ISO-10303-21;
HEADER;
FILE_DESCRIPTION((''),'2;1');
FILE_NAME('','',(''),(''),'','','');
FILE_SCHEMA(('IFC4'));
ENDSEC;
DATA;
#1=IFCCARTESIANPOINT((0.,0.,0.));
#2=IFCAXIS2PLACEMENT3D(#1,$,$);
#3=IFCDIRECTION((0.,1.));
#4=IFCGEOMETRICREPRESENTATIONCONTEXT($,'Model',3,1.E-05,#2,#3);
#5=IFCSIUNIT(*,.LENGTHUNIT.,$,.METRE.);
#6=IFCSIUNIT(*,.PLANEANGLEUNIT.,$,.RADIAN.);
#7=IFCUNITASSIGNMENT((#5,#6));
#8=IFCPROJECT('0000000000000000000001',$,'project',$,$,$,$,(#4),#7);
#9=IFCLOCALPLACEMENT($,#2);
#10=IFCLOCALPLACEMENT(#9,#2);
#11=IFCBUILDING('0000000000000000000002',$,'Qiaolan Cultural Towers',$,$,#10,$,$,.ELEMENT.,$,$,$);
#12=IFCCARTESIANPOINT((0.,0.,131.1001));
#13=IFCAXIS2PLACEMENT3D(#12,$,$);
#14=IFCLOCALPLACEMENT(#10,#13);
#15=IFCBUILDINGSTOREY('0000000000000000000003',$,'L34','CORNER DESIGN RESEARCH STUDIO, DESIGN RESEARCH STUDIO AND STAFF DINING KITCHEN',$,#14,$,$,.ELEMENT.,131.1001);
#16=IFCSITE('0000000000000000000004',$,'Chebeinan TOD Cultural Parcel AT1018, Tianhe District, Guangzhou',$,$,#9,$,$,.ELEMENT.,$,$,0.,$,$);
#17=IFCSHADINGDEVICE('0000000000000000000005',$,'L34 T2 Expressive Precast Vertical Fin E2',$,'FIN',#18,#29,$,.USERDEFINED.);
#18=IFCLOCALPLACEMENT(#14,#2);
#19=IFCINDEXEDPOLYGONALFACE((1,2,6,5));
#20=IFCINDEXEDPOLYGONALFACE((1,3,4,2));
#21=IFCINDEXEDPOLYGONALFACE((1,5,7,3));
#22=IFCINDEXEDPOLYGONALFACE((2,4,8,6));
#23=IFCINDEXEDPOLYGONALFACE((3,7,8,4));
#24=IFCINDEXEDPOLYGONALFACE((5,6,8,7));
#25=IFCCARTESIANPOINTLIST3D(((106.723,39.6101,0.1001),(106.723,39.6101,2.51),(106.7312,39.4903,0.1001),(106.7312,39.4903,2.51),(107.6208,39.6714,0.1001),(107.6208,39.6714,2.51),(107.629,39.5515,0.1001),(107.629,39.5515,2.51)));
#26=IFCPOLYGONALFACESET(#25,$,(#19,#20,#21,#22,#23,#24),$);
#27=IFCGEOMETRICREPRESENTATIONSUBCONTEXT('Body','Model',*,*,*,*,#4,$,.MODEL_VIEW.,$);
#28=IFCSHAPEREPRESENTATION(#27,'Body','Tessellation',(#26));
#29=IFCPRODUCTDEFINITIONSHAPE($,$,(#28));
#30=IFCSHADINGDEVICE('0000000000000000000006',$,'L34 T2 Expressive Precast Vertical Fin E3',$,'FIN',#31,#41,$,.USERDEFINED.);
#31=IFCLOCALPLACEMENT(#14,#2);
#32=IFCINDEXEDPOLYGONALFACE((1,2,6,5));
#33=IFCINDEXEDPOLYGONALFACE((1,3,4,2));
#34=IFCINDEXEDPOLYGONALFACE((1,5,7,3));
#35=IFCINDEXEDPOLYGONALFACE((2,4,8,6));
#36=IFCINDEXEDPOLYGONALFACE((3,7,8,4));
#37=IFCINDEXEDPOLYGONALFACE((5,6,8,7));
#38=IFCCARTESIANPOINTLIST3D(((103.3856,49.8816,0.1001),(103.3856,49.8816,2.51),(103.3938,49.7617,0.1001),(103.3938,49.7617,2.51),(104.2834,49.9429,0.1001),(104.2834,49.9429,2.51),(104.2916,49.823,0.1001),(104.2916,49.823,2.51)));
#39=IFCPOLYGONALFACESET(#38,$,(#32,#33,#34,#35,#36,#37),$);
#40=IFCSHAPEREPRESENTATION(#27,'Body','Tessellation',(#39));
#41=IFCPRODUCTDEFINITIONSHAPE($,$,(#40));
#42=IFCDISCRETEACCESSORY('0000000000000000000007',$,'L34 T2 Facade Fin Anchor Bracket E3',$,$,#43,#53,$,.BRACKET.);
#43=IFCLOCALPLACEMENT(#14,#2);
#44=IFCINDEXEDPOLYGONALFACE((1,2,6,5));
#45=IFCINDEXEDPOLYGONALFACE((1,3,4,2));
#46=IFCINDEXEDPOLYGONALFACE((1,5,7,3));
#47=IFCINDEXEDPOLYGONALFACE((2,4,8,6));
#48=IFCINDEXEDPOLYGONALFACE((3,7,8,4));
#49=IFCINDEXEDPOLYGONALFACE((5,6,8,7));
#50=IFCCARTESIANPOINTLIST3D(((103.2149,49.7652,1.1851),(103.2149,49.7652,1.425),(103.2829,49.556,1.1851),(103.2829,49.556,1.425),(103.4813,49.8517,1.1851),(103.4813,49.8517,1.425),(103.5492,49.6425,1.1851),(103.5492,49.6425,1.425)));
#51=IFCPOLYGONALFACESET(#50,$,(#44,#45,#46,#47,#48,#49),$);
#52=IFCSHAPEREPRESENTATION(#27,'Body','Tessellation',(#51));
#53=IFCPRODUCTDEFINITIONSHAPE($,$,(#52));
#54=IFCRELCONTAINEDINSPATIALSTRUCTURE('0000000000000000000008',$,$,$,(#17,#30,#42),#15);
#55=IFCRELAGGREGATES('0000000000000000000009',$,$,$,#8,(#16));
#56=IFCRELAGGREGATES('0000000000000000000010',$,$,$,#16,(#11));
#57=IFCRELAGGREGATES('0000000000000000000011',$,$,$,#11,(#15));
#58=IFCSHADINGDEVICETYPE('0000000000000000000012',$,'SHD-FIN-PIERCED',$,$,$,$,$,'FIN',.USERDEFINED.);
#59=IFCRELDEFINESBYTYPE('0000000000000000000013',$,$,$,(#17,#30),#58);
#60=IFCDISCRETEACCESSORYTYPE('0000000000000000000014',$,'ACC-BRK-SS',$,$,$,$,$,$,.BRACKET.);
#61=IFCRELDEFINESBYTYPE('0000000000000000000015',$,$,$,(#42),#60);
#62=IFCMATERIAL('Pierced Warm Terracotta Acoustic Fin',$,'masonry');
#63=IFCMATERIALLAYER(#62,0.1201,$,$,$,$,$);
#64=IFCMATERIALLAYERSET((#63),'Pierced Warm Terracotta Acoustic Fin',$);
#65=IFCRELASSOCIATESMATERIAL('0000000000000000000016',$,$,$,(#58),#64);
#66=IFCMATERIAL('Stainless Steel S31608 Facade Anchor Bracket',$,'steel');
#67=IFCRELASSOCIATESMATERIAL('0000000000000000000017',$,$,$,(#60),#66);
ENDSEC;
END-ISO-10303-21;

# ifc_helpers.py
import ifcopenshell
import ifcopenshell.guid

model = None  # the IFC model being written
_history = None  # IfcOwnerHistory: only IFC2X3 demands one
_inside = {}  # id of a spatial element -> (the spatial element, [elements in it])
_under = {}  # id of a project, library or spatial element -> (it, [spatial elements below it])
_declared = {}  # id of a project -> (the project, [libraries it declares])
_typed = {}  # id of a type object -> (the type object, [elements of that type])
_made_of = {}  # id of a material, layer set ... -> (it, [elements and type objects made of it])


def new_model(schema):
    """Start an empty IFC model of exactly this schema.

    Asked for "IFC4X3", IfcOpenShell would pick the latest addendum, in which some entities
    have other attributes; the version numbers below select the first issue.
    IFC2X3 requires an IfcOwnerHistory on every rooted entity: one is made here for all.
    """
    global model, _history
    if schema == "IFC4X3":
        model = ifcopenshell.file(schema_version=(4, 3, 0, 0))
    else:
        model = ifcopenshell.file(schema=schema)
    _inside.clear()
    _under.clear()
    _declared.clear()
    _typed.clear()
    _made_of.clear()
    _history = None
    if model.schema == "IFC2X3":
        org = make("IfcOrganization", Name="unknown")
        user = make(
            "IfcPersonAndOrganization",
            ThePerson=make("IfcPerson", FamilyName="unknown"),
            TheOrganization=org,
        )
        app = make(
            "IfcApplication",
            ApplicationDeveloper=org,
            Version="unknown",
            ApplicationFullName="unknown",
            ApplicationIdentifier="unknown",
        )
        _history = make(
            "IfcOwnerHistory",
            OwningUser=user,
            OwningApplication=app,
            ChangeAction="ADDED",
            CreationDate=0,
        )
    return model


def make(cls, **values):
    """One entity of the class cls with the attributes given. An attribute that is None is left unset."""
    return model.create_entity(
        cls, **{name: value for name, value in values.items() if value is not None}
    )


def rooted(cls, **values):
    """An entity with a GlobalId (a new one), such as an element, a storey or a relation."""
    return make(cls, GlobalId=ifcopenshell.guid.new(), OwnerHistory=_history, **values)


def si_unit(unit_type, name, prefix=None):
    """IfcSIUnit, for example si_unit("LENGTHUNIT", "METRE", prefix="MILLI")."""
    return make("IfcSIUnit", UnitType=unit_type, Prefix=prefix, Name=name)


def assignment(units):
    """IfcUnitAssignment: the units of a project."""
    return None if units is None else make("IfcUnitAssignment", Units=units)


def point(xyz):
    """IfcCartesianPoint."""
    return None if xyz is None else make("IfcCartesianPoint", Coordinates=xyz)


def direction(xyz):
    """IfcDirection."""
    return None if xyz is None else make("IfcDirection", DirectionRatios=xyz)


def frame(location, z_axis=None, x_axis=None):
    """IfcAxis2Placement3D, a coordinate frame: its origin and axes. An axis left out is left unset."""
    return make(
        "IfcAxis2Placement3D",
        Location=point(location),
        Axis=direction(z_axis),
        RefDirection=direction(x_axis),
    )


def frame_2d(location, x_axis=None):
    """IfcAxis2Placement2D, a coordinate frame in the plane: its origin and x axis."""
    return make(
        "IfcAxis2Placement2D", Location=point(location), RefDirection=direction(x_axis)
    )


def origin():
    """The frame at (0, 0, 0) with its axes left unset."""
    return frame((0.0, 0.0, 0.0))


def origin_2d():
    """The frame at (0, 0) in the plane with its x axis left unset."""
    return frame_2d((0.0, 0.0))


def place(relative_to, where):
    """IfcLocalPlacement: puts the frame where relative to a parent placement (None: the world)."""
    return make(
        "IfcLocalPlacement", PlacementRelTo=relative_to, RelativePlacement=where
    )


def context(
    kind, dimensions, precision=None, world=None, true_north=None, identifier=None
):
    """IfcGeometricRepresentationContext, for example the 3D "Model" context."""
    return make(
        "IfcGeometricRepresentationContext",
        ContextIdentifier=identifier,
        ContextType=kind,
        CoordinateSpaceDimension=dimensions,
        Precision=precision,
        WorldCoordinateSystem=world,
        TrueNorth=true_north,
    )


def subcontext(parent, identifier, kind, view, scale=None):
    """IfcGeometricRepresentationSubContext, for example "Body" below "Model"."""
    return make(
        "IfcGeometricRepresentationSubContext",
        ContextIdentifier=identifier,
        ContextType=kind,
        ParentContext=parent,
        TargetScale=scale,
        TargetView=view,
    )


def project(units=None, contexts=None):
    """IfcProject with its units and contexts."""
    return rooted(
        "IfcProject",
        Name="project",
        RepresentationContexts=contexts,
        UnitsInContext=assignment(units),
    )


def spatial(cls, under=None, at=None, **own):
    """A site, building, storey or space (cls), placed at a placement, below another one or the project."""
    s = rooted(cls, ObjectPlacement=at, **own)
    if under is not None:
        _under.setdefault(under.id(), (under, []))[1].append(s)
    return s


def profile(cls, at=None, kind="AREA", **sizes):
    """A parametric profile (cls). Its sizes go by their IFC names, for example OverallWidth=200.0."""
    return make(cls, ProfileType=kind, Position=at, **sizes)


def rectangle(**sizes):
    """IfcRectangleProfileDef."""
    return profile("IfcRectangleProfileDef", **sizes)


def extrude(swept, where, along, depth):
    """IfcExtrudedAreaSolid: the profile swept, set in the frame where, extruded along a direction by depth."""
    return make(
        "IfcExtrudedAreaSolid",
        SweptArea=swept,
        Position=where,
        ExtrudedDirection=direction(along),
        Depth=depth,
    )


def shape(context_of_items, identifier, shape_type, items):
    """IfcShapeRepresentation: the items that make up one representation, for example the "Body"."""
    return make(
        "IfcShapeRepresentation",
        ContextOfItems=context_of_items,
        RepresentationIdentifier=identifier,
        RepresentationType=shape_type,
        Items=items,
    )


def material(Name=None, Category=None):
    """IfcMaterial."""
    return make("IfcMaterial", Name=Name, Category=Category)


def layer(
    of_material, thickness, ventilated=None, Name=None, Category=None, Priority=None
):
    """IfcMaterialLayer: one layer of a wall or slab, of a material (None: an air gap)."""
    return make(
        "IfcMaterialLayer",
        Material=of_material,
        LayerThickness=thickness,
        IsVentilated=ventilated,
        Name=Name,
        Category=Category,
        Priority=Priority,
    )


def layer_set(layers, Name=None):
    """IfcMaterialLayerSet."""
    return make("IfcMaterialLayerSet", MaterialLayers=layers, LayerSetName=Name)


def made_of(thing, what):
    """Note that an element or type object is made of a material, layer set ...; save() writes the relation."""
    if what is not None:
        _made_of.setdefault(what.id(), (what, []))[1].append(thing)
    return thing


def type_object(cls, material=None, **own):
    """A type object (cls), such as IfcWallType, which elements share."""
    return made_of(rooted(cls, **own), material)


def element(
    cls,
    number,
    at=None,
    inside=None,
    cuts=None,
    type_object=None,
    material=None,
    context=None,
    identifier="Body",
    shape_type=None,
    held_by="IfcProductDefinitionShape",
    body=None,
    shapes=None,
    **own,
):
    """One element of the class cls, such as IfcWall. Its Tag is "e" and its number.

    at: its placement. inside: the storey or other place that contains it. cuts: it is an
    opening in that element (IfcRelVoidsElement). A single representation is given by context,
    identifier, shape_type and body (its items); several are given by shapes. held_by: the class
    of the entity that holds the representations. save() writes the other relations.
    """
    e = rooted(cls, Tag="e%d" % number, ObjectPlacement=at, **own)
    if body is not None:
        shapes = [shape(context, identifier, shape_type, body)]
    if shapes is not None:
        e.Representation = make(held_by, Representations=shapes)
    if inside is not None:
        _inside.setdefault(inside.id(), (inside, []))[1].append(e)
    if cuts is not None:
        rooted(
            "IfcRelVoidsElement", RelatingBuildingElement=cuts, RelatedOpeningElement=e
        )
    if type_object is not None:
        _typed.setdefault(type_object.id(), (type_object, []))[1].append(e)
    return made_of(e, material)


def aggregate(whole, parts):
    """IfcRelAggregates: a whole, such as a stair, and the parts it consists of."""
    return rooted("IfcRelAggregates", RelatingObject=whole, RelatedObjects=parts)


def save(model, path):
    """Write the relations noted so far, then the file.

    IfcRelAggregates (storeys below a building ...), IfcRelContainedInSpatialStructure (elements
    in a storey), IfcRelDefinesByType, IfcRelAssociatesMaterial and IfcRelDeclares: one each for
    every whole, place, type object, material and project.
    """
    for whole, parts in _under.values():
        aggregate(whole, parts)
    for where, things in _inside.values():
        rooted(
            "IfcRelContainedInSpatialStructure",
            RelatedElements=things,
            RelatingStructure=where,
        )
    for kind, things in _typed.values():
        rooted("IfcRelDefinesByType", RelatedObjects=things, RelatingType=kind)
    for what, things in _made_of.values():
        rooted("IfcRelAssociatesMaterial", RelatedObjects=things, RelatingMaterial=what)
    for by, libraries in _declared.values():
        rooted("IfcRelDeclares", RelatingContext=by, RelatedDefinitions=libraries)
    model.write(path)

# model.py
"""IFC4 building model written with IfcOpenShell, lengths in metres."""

from ifc_helpers import new_model, si_unit, direction, frame, origin, origin_2d, place, context, subcontext, project, spatial, rectangle, extrude, material, layer, layer_set, type_object, element, save


model = new_model("IFC4")

# Units and contexts
model_context = context("Model", 3, precision=1e-05, world=origin(), true_north=direction((0.0, 1.0)))
body_context = subcontext(model_context, "Body", "Model", "MODEL_VIEW")
ifc_project = project(units=[si_unit("LENGTHUNIT", "METRE"), si_unit("PLANEANGLEUNIT", "RADIAN")], contexts=[model_context])

# Site, building, storey
site_placement = place(None, origin())
site = spatial("IfcSite", under=ifc_project, at=site_placement, Name="Chebeinan TOD Cultural Parcel AT1018, Tianhe District, Guangzhou", CompositionType="ELEMENT", RefElevation=0.0)
building_placement = place(site_placement, origin())
building = spatial("IfcBuilding", under=site, at=building_placement, Name="Qiaolan Cultural Towers", CompositionType="ELEMENT")
storey_placement = place(building_placement, frame((0.0, 0.0, 131.1001)))
storey = spatial("IfcBuildingStorey", under=building, at=storey_placement, Name="L34", Description="CORNER DESIGN RESEARCH STUDIO, DESIGN RESEARCH STUDIO AND STAFF DINING KITCHEN", CompositionType="ELEMENT", Elevation=131.1001)

# Shading devices
ifc_material_1 = material(Name="Pierced Warm Terracotta Acoustic Fin", Category="masonry")
ifc_layer_1 = layer(ifc_material_1, 0.1201)
ifc_layer_set_1 = layer_set([ifc_layer_1], Name="Pierced Warm Terracotta Acoustic Fin")
shading_device_type = type_object("IfcShadingDeviceType", Name="SHD-FIN-PIERCED", ElementType="FIN", PredefinedType="USERDEFINED", material=ifc_layer_set_1)
for number, where, z_axis, x_axis, name in (
    (1, (107.176, 39.5808, 0.1001), (0.0, 0.0, 1.0), (0.997679, 0.068096, 0.0), "L34 T2 Expressive Precast Vertical Fin E2"),
    (2, (103.8386, 49.8523, 0.1001), (0.0, 0.0, 1.0), (0.997679, 0.068096, 0.0), "L34 T2 Expressive Precast Vertical Fin E3"),
):
    element("IfcShadingDevice", number, at=place(storey_placement, frame(where, z_axis=z_axis, x_axis=x_axis)), inside=storey, type_object=shading_device_type, Name=name, ObjectType="FIN", PredefinedType="USERDEFINED", context=body_context, shape_type="SweptSolid", body=[
        extrude(rectangle(XDim=0.8999, YDim=0.1201, at=origin_2d()), origin(), (0.0, 0.0, 1.0), 2.4099),
    ])

# Discrete accessory
ifc_material_2 = material(Name="Stainless Steel S31608 Facade Anchor Bracket", Category="steel")
discrete_accessory_type = type_object("IfcDiscreteAccessoryType", Name="ACC-BRK-SS", PredefinedType="BRACKET", material=ifc_material_2)
discrete_accessory_placement = place(storey_placement, frame((103.3821, 49.7039, 1.1851), z_axis=(0.0, 0.0, 1.0), x_axis=(0.951057, 0.309017, 0.0)))
element("IfcDiscreteAccessory", 3, at=discrete_accessory_placement, inside=storey, type_object=discrete_accessory_type, Name="L34 T2 Facade Fin Anchor Bracket E3", PredefinedType="BRACKET", context=body_context, shape_type="SweptSolid", body=[
    extrude(rectangle(XDim=0.28, YDim=0.22, at=origin_2d()), origin(), (0.0, 0.0, 1.0), 0.24),
])

save(model, "model.ifc")
